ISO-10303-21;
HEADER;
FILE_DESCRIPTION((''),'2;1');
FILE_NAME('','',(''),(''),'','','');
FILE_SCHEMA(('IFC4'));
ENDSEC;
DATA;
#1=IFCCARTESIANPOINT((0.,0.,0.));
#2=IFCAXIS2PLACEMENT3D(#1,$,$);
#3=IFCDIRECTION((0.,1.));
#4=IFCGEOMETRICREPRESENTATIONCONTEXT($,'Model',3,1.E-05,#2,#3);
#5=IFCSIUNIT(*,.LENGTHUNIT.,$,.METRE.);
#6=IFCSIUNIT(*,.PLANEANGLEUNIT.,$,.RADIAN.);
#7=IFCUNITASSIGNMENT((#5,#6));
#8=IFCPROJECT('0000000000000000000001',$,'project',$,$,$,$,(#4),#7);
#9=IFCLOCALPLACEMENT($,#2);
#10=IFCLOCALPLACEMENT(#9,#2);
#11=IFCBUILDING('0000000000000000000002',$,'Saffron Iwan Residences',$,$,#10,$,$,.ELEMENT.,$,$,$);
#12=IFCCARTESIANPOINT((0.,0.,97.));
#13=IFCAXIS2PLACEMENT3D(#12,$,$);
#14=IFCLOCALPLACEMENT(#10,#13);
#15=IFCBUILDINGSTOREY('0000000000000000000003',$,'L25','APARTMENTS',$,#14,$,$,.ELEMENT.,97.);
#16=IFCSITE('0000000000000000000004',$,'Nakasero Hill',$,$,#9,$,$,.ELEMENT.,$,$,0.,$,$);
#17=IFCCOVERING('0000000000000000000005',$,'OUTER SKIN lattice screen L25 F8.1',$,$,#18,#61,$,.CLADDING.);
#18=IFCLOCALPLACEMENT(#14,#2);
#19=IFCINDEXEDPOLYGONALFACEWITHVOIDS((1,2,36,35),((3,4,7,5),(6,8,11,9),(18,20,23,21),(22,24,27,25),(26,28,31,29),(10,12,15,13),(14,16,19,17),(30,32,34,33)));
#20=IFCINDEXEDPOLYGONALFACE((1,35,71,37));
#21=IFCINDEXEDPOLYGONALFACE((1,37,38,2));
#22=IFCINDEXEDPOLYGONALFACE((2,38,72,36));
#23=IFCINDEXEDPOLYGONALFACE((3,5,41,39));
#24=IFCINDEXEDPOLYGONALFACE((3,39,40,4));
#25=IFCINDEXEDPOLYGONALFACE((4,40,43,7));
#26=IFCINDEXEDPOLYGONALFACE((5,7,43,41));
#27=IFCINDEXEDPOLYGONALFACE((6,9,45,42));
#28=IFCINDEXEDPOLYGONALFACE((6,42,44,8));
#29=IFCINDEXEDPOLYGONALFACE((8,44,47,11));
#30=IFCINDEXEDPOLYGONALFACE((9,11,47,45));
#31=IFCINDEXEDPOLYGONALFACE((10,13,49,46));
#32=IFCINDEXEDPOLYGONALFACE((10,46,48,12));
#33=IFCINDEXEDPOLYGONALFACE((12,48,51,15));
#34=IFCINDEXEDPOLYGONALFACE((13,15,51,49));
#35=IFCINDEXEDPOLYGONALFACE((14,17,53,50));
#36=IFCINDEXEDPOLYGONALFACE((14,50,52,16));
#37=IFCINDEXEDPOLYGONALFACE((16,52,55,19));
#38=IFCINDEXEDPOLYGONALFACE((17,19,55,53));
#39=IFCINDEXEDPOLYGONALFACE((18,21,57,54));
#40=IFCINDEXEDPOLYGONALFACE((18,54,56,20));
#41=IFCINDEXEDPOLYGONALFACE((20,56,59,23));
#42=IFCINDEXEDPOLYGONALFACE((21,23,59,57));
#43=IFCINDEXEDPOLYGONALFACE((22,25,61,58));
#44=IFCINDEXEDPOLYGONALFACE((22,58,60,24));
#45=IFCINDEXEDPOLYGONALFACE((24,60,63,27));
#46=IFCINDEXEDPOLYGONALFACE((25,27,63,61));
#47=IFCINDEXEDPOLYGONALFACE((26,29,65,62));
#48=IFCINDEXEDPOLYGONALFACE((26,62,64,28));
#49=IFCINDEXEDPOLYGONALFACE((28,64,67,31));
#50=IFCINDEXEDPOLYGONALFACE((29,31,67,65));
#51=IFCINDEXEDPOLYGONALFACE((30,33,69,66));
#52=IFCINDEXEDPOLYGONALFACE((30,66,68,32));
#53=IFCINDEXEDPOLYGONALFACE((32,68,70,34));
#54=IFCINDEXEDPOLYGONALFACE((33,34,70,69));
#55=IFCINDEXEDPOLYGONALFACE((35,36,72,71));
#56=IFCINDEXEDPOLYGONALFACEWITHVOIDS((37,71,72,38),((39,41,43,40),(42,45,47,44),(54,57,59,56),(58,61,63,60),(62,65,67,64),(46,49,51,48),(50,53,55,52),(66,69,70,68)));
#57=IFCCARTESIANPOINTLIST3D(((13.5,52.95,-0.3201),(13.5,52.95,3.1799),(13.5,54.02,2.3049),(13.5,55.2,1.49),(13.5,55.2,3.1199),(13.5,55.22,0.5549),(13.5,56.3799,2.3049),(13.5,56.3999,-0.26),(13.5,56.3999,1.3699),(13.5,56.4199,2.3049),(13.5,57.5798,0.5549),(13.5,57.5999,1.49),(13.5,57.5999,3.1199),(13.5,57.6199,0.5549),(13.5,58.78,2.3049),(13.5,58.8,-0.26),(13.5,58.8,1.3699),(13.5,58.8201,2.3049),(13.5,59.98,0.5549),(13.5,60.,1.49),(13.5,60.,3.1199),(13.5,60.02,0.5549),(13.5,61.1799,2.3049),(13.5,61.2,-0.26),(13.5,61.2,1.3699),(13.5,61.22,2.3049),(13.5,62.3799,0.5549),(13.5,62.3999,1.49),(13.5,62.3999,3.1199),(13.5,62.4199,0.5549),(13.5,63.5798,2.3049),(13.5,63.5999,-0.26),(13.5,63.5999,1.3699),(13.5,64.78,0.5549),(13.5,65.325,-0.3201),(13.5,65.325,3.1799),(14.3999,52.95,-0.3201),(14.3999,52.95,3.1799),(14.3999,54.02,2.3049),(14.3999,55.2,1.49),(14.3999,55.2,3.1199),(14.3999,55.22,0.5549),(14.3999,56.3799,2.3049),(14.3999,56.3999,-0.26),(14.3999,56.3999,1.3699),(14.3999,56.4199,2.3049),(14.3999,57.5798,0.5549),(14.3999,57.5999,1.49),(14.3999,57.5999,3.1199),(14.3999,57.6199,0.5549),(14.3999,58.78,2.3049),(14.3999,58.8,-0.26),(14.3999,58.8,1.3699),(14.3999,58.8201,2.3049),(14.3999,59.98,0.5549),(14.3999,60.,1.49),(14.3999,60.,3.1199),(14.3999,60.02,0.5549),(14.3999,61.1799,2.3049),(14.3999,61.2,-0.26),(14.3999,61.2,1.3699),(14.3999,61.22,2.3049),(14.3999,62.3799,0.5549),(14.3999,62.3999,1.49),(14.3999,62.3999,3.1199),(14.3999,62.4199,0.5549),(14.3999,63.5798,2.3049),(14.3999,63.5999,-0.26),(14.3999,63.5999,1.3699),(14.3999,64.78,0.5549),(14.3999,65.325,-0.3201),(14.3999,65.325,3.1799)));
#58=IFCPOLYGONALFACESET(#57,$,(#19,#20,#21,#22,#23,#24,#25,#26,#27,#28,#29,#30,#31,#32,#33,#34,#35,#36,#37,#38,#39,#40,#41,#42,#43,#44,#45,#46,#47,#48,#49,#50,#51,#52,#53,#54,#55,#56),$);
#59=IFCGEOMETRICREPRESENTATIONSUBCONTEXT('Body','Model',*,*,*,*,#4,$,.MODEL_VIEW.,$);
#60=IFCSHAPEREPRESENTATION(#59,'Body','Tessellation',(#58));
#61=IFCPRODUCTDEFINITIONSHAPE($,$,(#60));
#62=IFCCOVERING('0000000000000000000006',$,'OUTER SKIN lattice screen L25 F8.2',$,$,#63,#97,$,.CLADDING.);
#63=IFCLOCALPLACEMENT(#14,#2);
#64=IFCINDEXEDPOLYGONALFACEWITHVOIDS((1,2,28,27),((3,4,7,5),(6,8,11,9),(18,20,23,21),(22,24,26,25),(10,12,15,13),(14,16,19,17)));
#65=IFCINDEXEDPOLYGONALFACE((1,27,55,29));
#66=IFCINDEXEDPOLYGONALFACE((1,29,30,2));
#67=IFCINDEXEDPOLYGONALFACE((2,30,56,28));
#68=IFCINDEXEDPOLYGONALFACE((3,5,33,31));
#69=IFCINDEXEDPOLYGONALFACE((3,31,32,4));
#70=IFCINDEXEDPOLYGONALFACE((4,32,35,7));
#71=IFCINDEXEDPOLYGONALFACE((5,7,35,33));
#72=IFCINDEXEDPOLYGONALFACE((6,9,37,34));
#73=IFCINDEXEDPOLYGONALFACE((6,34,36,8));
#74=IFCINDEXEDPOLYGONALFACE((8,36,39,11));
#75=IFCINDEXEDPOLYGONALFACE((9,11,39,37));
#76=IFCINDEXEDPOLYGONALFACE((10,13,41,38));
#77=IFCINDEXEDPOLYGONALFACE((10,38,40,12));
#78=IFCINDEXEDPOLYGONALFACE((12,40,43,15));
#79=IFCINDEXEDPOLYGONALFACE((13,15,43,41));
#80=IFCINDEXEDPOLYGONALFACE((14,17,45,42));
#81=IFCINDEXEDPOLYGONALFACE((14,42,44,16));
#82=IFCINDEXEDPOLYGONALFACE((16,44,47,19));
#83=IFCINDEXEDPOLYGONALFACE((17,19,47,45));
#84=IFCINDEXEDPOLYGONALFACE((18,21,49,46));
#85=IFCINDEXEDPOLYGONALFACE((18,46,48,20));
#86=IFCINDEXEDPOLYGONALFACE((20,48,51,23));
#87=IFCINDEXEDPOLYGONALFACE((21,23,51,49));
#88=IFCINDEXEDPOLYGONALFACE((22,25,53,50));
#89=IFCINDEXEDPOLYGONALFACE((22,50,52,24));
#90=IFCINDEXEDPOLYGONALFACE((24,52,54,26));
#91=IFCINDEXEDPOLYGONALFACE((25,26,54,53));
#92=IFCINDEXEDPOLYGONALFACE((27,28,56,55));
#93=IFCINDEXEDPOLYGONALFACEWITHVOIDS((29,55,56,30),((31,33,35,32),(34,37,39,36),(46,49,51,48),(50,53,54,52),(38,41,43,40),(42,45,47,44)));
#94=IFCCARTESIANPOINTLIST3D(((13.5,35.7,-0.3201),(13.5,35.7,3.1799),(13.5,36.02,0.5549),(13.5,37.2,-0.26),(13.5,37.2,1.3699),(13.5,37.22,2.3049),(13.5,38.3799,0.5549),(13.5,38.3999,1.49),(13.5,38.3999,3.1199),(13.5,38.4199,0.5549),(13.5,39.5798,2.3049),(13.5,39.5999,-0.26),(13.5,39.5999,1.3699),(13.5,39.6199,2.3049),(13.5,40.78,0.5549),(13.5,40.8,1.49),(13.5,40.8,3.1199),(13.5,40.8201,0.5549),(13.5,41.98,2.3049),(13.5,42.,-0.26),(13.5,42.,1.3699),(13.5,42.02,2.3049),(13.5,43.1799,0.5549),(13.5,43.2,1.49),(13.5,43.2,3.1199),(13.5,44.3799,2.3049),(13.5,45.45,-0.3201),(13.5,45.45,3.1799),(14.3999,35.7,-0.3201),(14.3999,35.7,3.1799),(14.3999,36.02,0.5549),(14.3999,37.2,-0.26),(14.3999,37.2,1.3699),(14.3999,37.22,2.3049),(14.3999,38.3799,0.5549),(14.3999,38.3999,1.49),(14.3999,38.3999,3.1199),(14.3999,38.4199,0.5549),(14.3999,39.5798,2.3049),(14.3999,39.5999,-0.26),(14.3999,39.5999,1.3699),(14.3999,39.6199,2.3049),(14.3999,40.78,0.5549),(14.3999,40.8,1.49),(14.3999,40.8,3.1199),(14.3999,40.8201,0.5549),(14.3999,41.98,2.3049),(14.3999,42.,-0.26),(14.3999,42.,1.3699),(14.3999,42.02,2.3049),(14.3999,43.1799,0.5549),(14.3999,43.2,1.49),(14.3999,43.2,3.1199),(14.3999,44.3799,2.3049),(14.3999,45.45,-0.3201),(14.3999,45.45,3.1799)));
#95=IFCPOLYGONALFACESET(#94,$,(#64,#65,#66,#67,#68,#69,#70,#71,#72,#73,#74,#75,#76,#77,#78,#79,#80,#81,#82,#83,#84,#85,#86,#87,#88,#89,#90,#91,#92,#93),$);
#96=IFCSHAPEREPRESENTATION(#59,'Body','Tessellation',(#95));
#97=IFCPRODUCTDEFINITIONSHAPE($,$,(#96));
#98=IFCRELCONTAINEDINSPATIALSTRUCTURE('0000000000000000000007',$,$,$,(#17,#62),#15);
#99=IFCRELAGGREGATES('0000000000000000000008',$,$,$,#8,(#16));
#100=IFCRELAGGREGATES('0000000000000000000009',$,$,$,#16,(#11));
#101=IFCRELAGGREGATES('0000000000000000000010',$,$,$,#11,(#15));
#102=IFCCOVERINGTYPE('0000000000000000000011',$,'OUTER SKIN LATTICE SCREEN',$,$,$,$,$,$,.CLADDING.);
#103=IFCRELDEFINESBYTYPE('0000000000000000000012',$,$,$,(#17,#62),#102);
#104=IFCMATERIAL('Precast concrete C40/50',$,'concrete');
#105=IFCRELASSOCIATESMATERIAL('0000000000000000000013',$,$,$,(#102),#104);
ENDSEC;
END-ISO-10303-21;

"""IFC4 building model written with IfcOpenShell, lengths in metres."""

from ifc_helpers import new_model, si_unit, direction, frame, origin, place, context, subcontext, project, spatial, polyline, outline, extrude, material, type_object, element, save


model = new_model("IFC4")

# Units and contexts
model_context = context("Model", 3, precision=1e-05, world=origin(), true_north=direction((0.0, 1.0)))
body_context = subcontext(model_context, "Body", "Model", "MODEL_VIEW")
ifc_project = project(units=[si_unit("LENGTHUNIT", "METRE"), si_unit("PLANEANGLEUNIT", "RADIAN")], contexts=[model_context])

# Site, building, storey
site_placement = place(None, origin())
site = spatial("IfcSite", under=ifc_project, at=site_placement, Name="Nakasero Hill", CompositionType="ELEMENT", RefElevation=0.0)
building_placement = place(site_placement, origin())
building = spatial("IfcBuilding", under=site, at=building_placement, Name="Saffron Iwan Residences", CompositionType="ELEMENT")
storey_placement = place(building_placement, frame((0.0, 0.0, 97.0)))
storey = spatial("IfcBuildingStorey", under=building, at=storey_placement, Name="L25", Description="APARTMENTS", CompositionType="ELEMENT", Elevation=97.0)

# Coverings
ifc_material_1 = material(Name="Precast concrete C40/50", Category="concrete")
covering_type = type_object("IfcCoveringType", Name="OUTER SKIN LATTICE SCREEN", PredefinedType="CLADDING", material=ifc_material_1)
covering_1_placement = place(storey_placement, frame((14.3999, 65.325, -0.3201), z_axis=(-1.0, 0.0, 0.0), x_axis=(0.0, -1.0, 0.0)))
element("IfcCovering", 1, at=covering_1_placement, inside=storey, type_object=covering_type, Name="OUTER SKIN lattice screen L25 F8.1", PredefinedType="CLADDING", context=body_context, shape_type="SweptSolid", body=[
    extrude(outline(polyline([(0.0, 0.0), (12.375, 0.0), (12.375, 3.5), (0.0, 3.5), (0.0, 0.0)]), holes=[polyline([(0.5449, 0.875), (1.7251, 0.0601), (2.905, 0.875), (1.7251, 1.6899), (0.5449, 0.875)]), polyline([(2.9451, 0.875), (4.125, 0.0601), (5.3049, 0.875), (4.125, 1.6899), (2.9451, 0.875)]), polyline([(5.345, 0.875), (6.5249, 0.0601), (7.7051, 0.875), (6.5249, 1.6899), (5.345, 0.875)]), polyline([(7.7451, 0.875), (8.925, 0.0601), (10.105, 0.875), (8.925, 1.6899), (7.7451, 0.875)]), polyline([(1.7451, 2.625), (2.925, 1.8101), (4.105, 2.625), (2.925, 3.4399), (1.7451, 2.625)]), polyline([(4.145, 2.625), (5.325, 1.8101), (6.5049, 2.625), (5.325, 3.4399), (4.145, 2.625)]), polyline([(6.5449, 2.625), (7.7251, 1.8101), (8.905, 2.625), (7.7251, 3.4399), (6.5449, 2.625)]), polyline([(8.9451, 2.625), (10.125, 1.8101), (11.3049, 2.625), (10.125, 3.4399), (8.9451, 2.625)])]), origin(), (0.0, 0.0, 1.0), 0.8999),
])
covering_2_placement = place(storey_placement, frame((14.3999, 45.45, -0.3201), z_axis=(-1.0, 0.0, 0.0), x_axis=(0.0, -1.0, 0.0)))
element("IfcCovering", 2, at=covering_2_placement, inside=storey, type_object=covering_type, Name="OUTER SKIN lattice screen L25 F8.2", PredefinedType="CLADDING", context=body_context, shape_type="SweptSolid", body=[
    extrude(outline(polyline([(0.0, 0.0), (9.75, 0.0), (9.75, 3.5), (0.0, 3.5), (0.0, 0.0)]), holes=[polyline([(2.27, 0.875), (3.45, 0.0601), (4.6299, 0.875), (3.45, 1.6899), (2.27, 0.875)]), polyline([(4.6699, 0.875), (5.8501, 0.0601), (7.03, 0.875), (5.8501, 1.6899), (4.6699, 0.875)]), polyline([(7.0701, 0.875), (8.25, 0.0601), (9.4299, 0.875), (8.25, 1.6899), (7.0701, 0.875)]), polyline([(1.0701, 2.625), (2.25, 1.8101), (3.4299, 2.625), (2.25, 3.4399), (1.0701, 2.625)]), polyline([(3.47, 2.625), (4.6499, 1.8101), (5.8301, 2.625), (4.6499, 3.4399), (3.47, 2.625)]), polyline([(5.8701, 2.625), (7.05, 1.8101), (8.23, 2.625), (7.05, 3.4399), (5.8701, 2.625)])]), origin(), (0.0, 0.0, 1.0), 0.8999),
])

save(model, "model.ifc")
